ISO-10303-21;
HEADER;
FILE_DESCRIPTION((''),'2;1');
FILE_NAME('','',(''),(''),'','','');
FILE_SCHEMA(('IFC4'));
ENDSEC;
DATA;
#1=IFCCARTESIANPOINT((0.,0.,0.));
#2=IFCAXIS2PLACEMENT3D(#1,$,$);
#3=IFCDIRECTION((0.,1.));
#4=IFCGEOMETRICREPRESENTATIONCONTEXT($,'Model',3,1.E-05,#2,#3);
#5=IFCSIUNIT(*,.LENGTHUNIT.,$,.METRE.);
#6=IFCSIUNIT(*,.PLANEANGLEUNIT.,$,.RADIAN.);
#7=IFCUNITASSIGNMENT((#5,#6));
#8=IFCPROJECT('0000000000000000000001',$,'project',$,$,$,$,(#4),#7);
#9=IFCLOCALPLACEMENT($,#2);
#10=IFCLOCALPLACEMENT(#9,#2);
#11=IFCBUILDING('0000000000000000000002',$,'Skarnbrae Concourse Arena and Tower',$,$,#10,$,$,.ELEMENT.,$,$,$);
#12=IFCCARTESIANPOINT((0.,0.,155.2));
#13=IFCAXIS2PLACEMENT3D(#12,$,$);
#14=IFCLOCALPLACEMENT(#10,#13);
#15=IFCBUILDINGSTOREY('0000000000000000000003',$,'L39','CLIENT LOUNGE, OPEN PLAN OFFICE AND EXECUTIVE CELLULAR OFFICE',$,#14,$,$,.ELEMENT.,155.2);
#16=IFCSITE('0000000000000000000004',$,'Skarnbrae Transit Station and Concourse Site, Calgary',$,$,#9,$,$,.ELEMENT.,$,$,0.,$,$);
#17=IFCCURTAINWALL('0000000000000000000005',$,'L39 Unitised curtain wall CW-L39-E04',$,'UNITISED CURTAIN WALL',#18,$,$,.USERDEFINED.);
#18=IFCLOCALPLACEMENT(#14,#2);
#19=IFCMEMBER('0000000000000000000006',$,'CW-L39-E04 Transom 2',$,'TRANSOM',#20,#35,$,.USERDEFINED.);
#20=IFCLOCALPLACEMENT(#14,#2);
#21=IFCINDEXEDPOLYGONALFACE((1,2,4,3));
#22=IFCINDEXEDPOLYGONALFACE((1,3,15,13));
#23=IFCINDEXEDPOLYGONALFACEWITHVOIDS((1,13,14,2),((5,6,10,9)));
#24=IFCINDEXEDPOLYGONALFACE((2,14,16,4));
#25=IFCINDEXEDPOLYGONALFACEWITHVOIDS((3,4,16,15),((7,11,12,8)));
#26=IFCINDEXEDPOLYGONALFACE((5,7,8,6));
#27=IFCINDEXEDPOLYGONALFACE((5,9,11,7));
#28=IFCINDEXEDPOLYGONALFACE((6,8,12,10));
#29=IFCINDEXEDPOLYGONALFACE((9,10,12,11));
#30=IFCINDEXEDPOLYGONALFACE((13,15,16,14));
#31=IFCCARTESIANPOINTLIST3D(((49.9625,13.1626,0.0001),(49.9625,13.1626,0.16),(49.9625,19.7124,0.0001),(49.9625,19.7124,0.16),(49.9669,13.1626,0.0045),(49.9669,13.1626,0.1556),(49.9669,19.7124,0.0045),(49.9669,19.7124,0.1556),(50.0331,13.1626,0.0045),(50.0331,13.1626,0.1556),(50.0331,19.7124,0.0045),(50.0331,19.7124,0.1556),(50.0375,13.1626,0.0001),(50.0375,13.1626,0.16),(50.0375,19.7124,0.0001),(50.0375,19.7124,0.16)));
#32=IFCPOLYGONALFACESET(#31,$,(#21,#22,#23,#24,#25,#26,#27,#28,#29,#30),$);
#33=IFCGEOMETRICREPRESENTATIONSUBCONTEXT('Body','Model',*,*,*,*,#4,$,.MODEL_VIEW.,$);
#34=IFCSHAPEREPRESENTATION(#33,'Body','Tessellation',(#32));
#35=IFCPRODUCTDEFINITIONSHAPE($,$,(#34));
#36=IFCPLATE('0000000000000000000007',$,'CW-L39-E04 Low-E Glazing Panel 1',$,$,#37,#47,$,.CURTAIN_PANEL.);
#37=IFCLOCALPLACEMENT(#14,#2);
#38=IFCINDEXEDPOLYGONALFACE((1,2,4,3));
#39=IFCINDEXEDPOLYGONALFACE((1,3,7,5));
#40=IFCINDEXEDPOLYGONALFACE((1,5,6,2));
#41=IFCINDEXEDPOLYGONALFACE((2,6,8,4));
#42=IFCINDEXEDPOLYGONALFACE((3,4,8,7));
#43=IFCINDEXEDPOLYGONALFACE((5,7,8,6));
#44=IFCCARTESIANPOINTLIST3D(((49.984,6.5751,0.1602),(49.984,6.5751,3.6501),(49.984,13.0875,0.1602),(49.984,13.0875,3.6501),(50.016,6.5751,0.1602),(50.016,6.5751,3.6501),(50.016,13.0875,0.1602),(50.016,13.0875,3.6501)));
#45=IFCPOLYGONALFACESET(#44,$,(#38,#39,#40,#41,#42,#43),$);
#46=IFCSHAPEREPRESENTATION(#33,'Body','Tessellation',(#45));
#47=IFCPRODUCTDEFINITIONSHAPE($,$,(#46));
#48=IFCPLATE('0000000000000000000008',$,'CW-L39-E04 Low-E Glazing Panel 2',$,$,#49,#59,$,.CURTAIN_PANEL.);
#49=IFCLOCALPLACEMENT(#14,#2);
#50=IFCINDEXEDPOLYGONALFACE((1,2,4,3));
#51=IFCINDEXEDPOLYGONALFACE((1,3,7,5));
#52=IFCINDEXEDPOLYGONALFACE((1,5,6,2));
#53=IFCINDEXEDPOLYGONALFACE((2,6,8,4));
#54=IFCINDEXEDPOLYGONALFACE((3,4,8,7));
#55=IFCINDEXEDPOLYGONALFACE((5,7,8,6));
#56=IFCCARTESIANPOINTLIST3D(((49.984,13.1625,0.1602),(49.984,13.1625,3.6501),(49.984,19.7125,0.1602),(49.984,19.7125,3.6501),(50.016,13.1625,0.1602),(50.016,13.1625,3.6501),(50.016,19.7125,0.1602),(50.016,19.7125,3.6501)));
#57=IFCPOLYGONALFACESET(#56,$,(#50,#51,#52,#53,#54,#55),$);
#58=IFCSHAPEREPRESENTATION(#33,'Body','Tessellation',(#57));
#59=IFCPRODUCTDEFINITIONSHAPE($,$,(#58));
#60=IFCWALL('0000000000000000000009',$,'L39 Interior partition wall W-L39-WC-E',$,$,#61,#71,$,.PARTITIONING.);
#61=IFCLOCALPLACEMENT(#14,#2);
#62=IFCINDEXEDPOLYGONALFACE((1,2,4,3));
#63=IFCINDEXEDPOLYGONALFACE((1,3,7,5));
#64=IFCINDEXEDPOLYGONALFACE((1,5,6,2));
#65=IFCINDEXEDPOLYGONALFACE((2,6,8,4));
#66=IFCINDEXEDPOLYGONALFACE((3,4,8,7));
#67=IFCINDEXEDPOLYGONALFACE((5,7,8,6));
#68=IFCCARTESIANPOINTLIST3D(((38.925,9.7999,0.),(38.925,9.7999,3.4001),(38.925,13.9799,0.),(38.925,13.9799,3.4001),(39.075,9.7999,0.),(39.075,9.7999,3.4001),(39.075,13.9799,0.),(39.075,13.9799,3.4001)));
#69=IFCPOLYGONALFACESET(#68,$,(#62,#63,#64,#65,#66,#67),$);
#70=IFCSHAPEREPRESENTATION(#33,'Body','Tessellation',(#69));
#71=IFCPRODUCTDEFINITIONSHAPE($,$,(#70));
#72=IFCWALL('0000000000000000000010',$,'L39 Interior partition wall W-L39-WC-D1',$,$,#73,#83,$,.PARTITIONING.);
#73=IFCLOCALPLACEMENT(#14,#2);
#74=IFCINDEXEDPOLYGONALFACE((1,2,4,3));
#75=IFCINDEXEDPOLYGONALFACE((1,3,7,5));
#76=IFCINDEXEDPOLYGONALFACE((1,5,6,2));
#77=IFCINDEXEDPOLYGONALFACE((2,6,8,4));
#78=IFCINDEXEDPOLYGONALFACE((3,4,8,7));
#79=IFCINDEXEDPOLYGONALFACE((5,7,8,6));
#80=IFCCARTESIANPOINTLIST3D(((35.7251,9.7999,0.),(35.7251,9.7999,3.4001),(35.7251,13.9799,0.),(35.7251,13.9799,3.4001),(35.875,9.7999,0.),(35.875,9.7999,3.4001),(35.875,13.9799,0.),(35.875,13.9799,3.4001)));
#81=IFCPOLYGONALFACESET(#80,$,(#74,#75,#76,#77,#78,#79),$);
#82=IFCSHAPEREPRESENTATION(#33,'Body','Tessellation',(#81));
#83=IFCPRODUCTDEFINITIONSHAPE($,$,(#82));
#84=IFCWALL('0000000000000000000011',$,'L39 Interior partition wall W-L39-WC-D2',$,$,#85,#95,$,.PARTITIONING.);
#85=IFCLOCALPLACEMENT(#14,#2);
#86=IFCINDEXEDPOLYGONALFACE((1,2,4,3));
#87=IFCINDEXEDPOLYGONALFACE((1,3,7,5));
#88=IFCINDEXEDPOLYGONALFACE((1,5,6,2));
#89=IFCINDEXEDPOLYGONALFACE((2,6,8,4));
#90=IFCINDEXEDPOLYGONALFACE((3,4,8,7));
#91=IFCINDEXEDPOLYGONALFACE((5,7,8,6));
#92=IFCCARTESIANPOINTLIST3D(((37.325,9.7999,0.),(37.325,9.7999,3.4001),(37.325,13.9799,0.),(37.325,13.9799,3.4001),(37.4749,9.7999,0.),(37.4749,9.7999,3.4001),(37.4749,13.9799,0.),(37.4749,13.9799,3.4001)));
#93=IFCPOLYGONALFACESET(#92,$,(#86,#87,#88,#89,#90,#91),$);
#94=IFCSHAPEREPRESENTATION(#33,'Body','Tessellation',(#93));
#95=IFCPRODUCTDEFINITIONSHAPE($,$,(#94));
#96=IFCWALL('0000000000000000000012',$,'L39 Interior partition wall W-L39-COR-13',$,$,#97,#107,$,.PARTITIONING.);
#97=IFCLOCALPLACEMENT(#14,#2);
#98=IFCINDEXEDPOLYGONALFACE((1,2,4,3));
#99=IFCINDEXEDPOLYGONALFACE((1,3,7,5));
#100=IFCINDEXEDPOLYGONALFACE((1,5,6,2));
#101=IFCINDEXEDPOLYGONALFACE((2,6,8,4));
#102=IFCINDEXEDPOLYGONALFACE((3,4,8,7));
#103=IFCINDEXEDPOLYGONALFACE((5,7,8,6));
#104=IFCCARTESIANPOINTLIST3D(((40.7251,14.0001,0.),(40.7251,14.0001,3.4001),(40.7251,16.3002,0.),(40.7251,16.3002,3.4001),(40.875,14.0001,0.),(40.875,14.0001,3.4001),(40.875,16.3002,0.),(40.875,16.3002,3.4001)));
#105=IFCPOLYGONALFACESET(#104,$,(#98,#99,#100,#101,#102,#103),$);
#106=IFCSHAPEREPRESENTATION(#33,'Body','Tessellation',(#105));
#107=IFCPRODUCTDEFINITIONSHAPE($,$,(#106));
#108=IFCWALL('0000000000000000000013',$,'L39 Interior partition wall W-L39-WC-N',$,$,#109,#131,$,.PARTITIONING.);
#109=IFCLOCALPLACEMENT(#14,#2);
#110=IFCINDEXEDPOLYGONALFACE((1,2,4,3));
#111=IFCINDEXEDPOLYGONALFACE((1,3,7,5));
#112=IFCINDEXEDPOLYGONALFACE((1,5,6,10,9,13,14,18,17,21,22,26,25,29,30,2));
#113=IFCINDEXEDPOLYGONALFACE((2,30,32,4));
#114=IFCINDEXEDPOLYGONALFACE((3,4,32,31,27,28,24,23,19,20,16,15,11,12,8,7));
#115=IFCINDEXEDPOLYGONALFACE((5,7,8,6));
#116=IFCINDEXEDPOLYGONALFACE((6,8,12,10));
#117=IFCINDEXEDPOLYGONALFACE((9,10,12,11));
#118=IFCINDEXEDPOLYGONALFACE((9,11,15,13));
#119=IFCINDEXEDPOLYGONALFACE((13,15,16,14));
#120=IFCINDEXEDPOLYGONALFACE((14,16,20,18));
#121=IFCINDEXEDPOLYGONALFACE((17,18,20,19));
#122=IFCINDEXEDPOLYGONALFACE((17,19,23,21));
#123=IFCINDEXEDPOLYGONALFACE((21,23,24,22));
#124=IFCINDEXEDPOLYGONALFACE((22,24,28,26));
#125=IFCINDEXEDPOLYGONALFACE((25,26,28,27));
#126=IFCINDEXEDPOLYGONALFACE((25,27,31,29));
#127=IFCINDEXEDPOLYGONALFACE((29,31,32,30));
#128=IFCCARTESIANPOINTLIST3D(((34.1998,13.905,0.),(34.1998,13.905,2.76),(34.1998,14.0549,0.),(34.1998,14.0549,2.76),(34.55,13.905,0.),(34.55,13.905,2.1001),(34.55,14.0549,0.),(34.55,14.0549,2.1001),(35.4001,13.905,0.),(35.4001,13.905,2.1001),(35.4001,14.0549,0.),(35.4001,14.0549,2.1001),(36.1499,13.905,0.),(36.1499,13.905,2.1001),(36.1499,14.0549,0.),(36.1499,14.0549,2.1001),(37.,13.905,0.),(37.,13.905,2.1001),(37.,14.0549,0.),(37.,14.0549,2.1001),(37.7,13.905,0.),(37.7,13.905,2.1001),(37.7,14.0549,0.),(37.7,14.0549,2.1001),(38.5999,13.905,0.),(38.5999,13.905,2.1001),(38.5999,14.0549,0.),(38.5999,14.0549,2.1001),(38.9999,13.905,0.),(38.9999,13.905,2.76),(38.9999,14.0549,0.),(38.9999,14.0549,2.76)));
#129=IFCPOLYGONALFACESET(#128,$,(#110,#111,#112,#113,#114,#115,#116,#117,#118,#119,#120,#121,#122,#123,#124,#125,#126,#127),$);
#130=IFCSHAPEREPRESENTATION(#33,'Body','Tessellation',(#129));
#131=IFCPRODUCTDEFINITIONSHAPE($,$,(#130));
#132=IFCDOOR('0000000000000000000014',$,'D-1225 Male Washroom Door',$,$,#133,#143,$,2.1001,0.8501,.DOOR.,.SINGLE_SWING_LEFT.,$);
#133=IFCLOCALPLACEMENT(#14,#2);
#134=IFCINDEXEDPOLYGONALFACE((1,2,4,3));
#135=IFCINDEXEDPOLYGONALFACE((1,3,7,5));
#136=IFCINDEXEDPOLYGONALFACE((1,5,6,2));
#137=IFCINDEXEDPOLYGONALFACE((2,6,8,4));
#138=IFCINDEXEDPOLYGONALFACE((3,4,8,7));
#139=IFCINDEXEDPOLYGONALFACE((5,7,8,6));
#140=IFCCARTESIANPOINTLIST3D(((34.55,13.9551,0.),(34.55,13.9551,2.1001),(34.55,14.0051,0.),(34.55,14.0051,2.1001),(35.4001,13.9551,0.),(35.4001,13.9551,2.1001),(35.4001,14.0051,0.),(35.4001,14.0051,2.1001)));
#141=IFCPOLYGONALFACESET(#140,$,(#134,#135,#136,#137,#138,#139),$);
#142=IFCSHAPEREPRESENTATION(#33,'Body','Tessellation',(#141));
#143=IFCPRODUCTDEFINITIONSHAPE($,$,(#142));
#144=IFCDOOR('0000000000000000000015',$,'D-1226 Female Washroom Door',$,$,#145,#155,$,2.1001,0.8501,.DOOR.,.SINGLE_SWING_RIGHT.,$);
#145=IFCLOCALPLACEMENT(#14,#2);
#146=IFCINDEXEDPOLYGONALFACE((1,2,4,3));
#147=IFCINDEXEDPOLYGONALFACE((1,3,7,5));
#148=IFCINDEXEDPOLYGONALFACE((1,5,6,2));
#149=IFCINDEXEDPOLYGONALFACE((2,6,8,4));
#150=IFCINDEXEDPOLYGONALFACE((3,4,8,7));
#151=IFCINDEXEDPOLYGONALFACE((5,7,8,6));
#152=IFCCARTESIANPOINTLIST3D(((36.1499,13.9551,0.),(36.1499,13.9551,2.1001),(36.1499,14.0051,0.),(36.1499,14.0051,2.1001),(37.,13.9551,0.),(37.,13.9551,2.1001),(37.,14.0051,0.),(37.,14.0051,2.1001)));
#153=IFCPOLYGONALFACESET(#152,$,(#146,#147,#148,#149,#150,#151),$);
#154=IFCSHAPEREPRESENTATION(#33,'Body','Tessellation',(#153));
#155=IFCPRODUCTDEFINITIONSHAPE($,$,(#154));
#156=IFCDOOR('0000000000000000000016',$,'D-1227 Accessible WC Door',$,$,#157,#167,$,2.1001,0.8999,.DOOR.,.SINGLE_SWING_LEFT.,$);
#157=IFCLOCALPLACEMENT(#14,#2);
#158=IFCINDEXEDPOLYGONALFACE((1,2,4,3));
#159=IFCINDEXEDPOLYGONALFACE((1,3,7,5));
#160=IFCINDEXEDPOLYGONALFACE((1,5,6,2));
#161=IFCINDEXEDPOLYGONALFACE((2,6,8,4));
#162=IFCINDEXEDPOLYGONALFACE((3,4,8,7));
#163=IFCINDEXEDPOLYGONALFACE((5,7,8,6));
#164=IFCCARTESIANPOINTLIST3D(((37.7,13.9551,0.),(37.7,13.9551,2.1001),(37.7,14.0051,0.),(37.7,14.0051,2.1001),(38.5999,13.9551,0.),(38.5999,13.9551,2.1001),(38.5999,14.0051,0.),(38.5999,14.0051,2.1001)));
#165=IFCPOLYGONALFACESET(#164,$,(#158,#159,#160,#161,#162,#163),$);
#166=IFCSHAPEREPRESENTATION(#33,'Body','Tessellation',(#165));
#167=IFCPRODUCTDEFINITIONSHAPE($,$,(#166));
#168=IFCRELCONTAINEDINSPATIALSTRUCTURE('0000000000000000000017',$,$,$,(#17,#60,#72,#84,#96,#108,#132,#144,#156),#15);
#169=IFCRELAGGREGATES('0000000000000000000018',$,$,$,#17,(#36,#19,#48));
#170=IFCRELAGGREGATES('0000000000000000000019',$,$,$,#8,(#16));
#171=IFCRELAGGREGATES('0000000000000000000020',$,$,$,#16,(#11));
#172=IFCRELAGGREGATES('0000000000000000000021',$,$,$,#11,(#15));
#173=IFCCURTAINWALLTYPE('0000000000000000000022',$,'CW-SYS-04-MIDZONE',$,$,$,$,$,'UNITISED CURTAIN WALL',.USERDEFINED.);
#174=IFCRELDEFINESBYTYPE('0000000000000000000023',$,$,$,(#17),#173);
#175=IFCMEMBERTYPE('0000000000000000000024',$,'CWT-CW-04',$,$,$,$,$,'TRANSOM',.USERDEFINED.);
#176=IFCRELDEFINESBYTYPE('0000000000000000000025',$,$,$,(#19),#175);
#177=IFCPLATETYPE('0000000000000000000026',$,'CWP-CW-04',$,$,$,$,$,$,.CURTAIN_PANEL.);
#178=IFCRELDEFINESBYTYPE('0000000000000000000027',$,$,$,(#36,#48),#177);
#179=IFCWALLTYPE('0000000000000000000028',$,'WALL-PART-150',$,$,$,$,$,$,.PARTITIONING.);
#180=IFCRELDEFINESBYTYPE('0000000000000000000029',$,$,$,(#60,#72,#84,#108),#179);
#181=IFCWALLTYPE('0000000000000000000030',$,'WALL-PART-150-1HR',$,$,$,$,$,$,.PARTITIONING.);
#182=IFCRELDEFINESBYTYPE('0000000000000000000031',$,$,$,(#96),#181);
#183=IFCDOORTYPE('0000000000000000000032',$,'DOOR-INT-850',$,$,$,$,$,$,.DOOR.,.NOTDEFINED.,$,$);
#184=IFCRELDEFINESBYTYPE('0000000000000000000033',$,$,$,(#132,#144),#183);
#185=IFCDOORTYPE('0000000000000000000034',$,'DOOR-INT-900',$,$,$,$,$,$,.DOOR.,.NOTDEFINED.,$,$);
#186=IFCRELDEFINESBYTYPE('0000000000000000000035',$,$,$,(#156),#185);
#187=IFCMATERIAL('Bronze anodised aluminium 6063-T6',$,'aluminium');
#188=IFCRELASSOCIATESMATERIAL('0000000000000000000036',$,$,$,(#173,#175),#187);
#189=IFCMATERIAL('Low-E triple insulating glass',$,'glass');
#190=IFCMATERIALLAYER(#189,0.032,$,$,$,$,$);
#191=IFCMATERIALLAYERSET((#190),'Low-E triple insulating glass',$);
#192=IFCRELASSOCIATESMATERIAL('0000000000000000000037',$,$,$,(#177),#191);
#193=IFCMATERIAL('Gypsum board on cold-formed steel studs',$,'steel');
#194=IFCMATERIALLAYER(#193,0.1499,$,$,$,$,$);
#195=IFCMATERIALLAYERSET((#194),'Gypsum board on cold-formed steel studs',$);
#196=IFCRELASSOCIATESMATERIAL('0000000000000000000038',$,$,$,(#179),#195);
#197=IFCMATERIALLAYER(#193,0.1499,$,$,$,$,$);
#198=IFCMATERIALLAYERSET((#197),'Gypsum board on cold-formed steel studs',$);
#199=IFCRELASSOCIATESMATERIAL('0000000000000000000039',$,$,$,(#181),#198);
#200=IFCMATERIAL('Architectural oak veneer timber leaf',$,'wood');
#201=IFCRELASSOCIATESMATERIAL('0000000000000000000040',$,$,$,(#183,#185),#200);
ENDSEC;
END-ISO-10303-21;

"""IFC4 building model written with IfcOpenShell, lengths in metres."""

from ifc_helpers import new_model, si_unit, direction, frame, frame_2d, origin, origin_2d, place, context, subcontext, project, spatial, rectangle, hollow_rectangle, extrude, source, transform, mapped, material, layer, layer_set, material_profile, profile_set, type_object, element, fill, aggregate, save


model = new_model("IFC4")

# Units and contexts
model_context = context("Model", 3, precision=1e-05, world=origin(), true_north=direction((0.0, 1.0)))
body_context = subcontext(model_context, "Body", "Model", "MODEL_VIEW")
ifc_project = project(units=[si_unit("LENGTHUNIT", "METRE"), si_unit("PLANEANGLEUNIT", "RADIAN")], contexts=[model_context])

# Site, building, storey
site_placement = place(None, origin())
site = spatial("IfcSite", under=ifc_project, at=site_placement, Name="Skarnbrae Transit Station and Concourse Site, Calgary", CompositionType="ELEMENT", RefElevation=0.0)
building_placement = place(site_placement, origin())
building = spatial("IfcBuilding", under=site, at=building_placement, Name="Skarnbrae Concourse Arena and Tower", CompositionType="ELEMENT")
storey_placement = place(building_placement, frame((0.0, 0.0, 155.2)))
storey = spatial("IfcBuildingStorey", under=building, at=storey_placement, Name="L39", Description="CLIENT LOUNGE, OPEN PLAN OFFICE AND EXECUTIVE CELLULAR OFFICE", CompositionType="ELEMENT", Elevation=155.2)

# Curtain wall, member, plates
ifc_material_1 = material(Name="Bronze anodised aluminium 6063-T6", Category="aluminium")
curtain_wall_type = type_object("IfcCurtainWallType", Name="CW-SYS-04-MIDZONE", ElementType="UNITISED CURTAIN WALL", PredefinedType="USERDEFINED", material=ifc_material_1)
curtain_wall_placement = place(storey_placement, origin())
curtain_wall = element("IfcCurtainWall", 1, at=curtain_wall_placement, inside=storey, type_object=curtain_wall_type, Name="L39 Unitised curtain wall CW-L39-E04", ObjectType="UNITISED CURTAIN WALL", PredefinedType="USERDEFINED")
ifc_material_profile_1 = material_profile(ifc_material_1, hollow_rectangle(XDim=0.075, YDim=0.1599, WallThickness=0.0044, at=origin_2d()), Name="ALU-TRAN-75X160")
ifc_profile_set_1 = profile_set([ifc_material_profile_1], Name="Bronze anodised aluminium 6063-T6")
member_type_1 = type_object("IfcMemberType", Name="CWT-CW-04", ElementType="TRANSOM", PredefinedType="USERDEFINED", material=ifc_profile_set_1)
shared_shape_1 = source(origin(), body_context, "Body", "SweptSolid", [
    extrude(hollow_rectangle(XDim=0.075, YDim=0.1599, WallThickness=0.0044, at=origin_2d()), origin(), (0.0, 0.0, 1.0), 6.5498),
])
member_1_placement = place(storey_placement, frame((50.0, 13.1626, 0.0801), z_axis=(0.0, 1.0, 0.0), x_axis=(-1.0, 0.0, 0.0)))
member_1 = element("IfcMember", 2, at=member_1_placement, type_object=member_type_1, Name="CW-L39-E04 Transom 2", ObjectType="TRANSOM", PredefinedType="USERDEFINED", context=body_context, shape_type="MappedRepresentation", body=[
    mapped(shared_shape_1, transform((0.0, 0.0, 0.0))),
])
ifc_material_2 = material(Name="Low-E triple insulating glass", Category="glass")
ifc_layer_1 = layer(ifc_material_2, 0.032)
ifc_layer_set_1 = layer_set([ifc_layer_1], Name="Low-E triple insulating glass")
plate_type = type_object("IfcPlateType", Name="CWP-CW-04", PredefinedType="CURTAIN_PANEL", material=ifc_layer_set_1)
shared_shape_2 = source(origin(), body_context, "Body", "SweptSolid", [
    extrude(rectangle(XDim=6.5125, YDim=0.032, at=origin_2d()), origin(), (0.0, 0.0, 1.0), 3.49),
])
plate_1_placement = place(storey_placement, frame((50.0, 9.8313, 0.1602), z_axis=(0.0, 0.0, 1.0), x_axis=(0.0, 1.0, 0.0)))
plate_1 = element("IfcPlate", 3, at=plate_1_placement, type_object=plate_type, Name="CW-L39-E04 Low-E Glazing Panel 1", PredefinedType="CURTAIN_PANEL", context=body_context, shape_type="MappedRepresentation", body=[
    mapped(shared_shape_2, transform((0.0, 0.0, 0.0))),
])
shared_shape_3 = source(origin(), body_context, "Body", "SweptSolid", [
    extrude(rectangle(XDim=6.55, YDim=0.032, at=origin_2d()), origin(), (0.0, 0.0, 1.0), 3.49),
])
plate_2_placement = place(storey_placement, frame((50.0, 16.4375, 0.1602), z_axis=(0.0, 0.0, 1.0), x_axis=(0.0, 1.0, 0.0)))
plate_2 = element("IfcPlate", 4, at=plate_2_placement, type_object=plate_type, Name="CW-L39-E04 Low-E Glazing Panel 2", PredefinedType="CURTAIN_PANEL", context=body_context, shape_type="MappedRepresentation", body=[
    mapped(shared_shape_3, transform((0.0, 0.0, 0.0))),
])
aggregate(curtain_wall, [plate_1, member_1, plate_2])

# Walls
ifc_material_3 = material(Name="Gypsum board on cold-formed steel studs", Category="steel")
ifc_layer_2 = layer(ifc_material_3, 0.1499)
ifc_layer_set_2 = layer_set([ifc_layer_2], Name="Gypsum board on cold-formed steel studs")
wall_type_1 = type_object("IfcWallType", Name="WALL-PART-150", PredefinedType="PARTITIONING", material=ifc_layer_set_2)
shared_shape_4 = source(origin(), body_context, "Body", "SweptSolid", [
    extrude(rectangle(XDim=4.1799, YDim=0.1499, at=frame_2d((2.0898, 0.0))), origin(), (0.0, 0.0, 1.0), 3.4001),
])
for number, where, z_axis, x_axis, name in (
    (5, (39.0, 9.8, 0.0), (0.0, 0.0, 1.0), (0.0, 1.0, 0.0), "L39 Interior partition wall W-L39-WC-E"),
    (6, (35.8, 9.8, 0.0), (0.0, 0.0, 1.0), (0.0, 1.0, 0.0), "L39 Interior partition wall W-L39-WC-D1"),
    (7, (37.3999, 9.8, 0.0), (0.0, 0.0, 1.0), (0.0, 1.0, 0.0), "L39 Interior partition wall W-L39-WC-D2"),
):
    element("IfcWall", number, at=place(storey_placement, frame(where, z_axis=z_axis, x_axis=x_axis)), inside=storey, type_object=wall_type_1, Name=name, PredefinedType="PARTITIONING", context=body_context, shape_type="MappedRepresentation", body=[
        mapped(shared_shape_4, transform((0.0, 0.0, 0.0))),
    ])
ifc_layer_3 = layer(ifc_material_3, 0.1499)
ifc_layer_set_3 = layer_set([ifc_layer_3], Name="Gypsum board on cold-formed steel studs")
wall_type_2 = type_object("IfcWallType", Name="WALL-PART-150-1HR", PredefinedType="PARTITIONING", material=ifc_layer_set_3)
shared_shape_5 = source(origin(), body_context, "Body", "SweptSolid", [
    extrude(rectangle(XDim=2.3, YDim=0.1499, at=frame_2d((1.1499, 0.0))), origin(), (0.0, 0.0, 1.0), 3.4001),
])
wall_1_placement = place(storey_placement, frame((40.8, 16.3, 0.0), z_axis=(0.0, 0.0, 1.0), x_axis=(0.0, -1.0, 0.0)))
element("IfcWall", 8, at=wall_1_placement, inside=storey, type_object=wall_type_2, Name="L39 Interior partition wall W-L39-COR-13", PredefinedType="PARTITIONING", context=body_context, shape_type="MappedRepresentation", body=[
    mapped(shared_shape_5, transform((0.0, 0.0, 0.0))),
])

# Wall, openings, doors
shared_shape_6 = source(origin(), body_context, "Body", "SweptSolid", [
    extrude(rectangle(XDim=4.8, YDim=0.1499, at=frame_2d((2.3999, 0.0))), origin(), (0.0, 0.0, 1.0), 2.76),
])
wall_2_placement = place(storey_placement, frame((34.2, 13.98, 0.0), z_axis=(0.0, 0.0, 1.0), x_axis=(1.0, 0.0, 0.0)))
wall_2 = element("IfcWall", 9, at=wall_2_placement, inside=storey, type_object=wall_type_1, Name="L39 Interior partition wall W-L39-WC-N", PredefinedType="PARTITIONING", context=body_context, shape_type="MappedRepresentation", body=[
    mapped(shared_shape_6, transform((0.0, 0.0, 0.0))),
])
opening_1_placement = place(wall_2_placement, frame((0.3501, 0.0, 0.0)))
opening_1 = element("IfcOpeningElement", 10, at=opening_1_placement, cuts=wall_2, PredefinedType="OPENING", context=body_context, shape_type="SweptSolid", body=[
    extrude(rectangle(XDim=0.8501, YDim=2.1001, at=frame_2d((0.425, 1.05))), frame((0.0, 0.085, 0.0), z_axis=(0.0, -1.0, 0.0), x_axis=(1.0, 0.0, 0.0)), (0.0, 0.0, 1.0), 0.1699),
])
opening_2_placement = place(wall_2_placement, frame((1.95, 0.0, 0.0)))
opening_2 = element("IfcOpeningElement", 11, at=opening_2_placement, cuts=wall_2, PredefinedType="OPENING", context=body_context, shape_type="SweptSolid", body=[
    extrude(rectangle(XDim=0.8501, YDim=2.1001, at=frame_2d((0.425, 1.05))), frame((0.0, 0.085, 0.0), z_axis=(0.0, -1.0, 0.0), x_axis=(1.0, 0.0, 0.0)), (0.0, 0.0, 1.0), 0.1699),
])
opening_3_placement = place(wall_2_placement, frame((3.5, 0.0, 0.0)))
opening_3 = element("IfcOpeningElement", 12, at=opening_3_placement, cuts=wall_2, PredefinedType="OPENING", context=body_context, shape_type="SweptSolid", body=[
    extrude(rectangle(XDim=0.8999, YDim=2.1001, at=frame_2d((0.45, 1.05))), frame((0.0, 0.085, 0.0), z_axis=(0.0, -1.0, 0.0), x_axis=(1.0, 0.0, 0.0)), (0.0, 0.0, 1.0), 0.1699),
])
ifc_material_4 = material(Name="Architectural oak veneer timber leaf", Category="wood")
door_type_1 = type_object("IfcDoorType", Name="DOOR-INT-850", OperationType="NOTDEFINED", PredefinedType="DOOR", material=ifc_material_4)
shared_shape_7 = source(origin(), body_context, "Body", "SweptSolid", [
    extrude(rectangle(XDim=0.8501, YDim=2.1001, at=frame_2d((0.425, 1.05))), frame((0.0, 0.0249, 0.0), z_axis=(0.0, -1.0, 0.0), x_axis=(1.0, 0.0, 0.0)), (0.0, 0.0, 1.0), 0.05),
])
door_1_placement = place(opening_1_placement, frame((0.8501, 0.0, 0.0), z_axis=(0.0, 0.0, 1.0), x_axis=(-1.0, 0.0, 0.0)))
door_1 = element("IfcDoor", 13, at=door_1_placement, inside=storey, type_object=door_type_1, Name="D-1225 Male Washroom Door", OperationType="SINGLE_SWING_LEFT", OverallHeight=2.1001, OverallWidth=0.8501, PredefinedType="DOOR", context=body_context, shape_type="MappedRepresentation", body=[
    mapped(shared_shape_7, transform((0.0, 0.0, 0.0))),
])
fill(opening_1, door_1)
door_2_placement = place(opening_2_placement, frame((0.8501, 0.0, 0.0), z_axis=(0.0, 0.0, 1.0), x_axis=(-1.0, 0.0, 0.0)))
door_2 = element("IfcDoor", 14, at=door_2_placement, inside=storey, type_object=door_type_1, Name="D-1226 Female Washroom Door", OperationType="SINGLE_SWING_RIGHT", OverallHeight=2.1001, OverallWidth=0.8501, PredefinedType="DOOR", context=body_context, shape_type="MappedRepresentation", body=[
    mapped(shared_shape_7, transform((0.0, 0.0, 0.0))),
])
fill(opening_2, door_2)
door_type_2 = type_object("IfcDoorType", Name="DOOR-INT-900", OperationType="NOTDEFINED", PredefinedType="DOOR", material=ifc_material_4)
shared_shape_8 = source(origin(), body_context, "Body", "SweptSolid", [
    extrude(rectangle(XDim=0.8999, YDim=2.1001, at=frame_2d((0.45, 1.05))), frame((0.0, 0.0249, 0.0), z_axis=(0.0, -1.0, 0.0), x_axis=(1.0, 0.0, 0.0)), (0.0, 0.0, 1.0), 0.05),
])
door_3_placement = place(opening_3_placement, frame((0.8999, 0.0, 0.0), z_axis=(0.0, 0.0, 1.0), x_axis=(-1.0, 0.0, 0.0)))
door_3 = element("IfcDoor", 15, at=door_3_placement, inside=storey, type_object=door_type_2, Name="D-1227 Accessible WC Door", OperationType="SINGLE_SWING_LEFT", OverallHeight=2.1001, OverallWidth=0.8999, PredefinedType="DOOR", context=body_context, shape_type="MappedRepresentation", body=[
    mapped(shared_shape_8, transform((0.0, 0.0, 0.0))),
])
fill(opening_3, door_3)

save(model, "model.ifc")
